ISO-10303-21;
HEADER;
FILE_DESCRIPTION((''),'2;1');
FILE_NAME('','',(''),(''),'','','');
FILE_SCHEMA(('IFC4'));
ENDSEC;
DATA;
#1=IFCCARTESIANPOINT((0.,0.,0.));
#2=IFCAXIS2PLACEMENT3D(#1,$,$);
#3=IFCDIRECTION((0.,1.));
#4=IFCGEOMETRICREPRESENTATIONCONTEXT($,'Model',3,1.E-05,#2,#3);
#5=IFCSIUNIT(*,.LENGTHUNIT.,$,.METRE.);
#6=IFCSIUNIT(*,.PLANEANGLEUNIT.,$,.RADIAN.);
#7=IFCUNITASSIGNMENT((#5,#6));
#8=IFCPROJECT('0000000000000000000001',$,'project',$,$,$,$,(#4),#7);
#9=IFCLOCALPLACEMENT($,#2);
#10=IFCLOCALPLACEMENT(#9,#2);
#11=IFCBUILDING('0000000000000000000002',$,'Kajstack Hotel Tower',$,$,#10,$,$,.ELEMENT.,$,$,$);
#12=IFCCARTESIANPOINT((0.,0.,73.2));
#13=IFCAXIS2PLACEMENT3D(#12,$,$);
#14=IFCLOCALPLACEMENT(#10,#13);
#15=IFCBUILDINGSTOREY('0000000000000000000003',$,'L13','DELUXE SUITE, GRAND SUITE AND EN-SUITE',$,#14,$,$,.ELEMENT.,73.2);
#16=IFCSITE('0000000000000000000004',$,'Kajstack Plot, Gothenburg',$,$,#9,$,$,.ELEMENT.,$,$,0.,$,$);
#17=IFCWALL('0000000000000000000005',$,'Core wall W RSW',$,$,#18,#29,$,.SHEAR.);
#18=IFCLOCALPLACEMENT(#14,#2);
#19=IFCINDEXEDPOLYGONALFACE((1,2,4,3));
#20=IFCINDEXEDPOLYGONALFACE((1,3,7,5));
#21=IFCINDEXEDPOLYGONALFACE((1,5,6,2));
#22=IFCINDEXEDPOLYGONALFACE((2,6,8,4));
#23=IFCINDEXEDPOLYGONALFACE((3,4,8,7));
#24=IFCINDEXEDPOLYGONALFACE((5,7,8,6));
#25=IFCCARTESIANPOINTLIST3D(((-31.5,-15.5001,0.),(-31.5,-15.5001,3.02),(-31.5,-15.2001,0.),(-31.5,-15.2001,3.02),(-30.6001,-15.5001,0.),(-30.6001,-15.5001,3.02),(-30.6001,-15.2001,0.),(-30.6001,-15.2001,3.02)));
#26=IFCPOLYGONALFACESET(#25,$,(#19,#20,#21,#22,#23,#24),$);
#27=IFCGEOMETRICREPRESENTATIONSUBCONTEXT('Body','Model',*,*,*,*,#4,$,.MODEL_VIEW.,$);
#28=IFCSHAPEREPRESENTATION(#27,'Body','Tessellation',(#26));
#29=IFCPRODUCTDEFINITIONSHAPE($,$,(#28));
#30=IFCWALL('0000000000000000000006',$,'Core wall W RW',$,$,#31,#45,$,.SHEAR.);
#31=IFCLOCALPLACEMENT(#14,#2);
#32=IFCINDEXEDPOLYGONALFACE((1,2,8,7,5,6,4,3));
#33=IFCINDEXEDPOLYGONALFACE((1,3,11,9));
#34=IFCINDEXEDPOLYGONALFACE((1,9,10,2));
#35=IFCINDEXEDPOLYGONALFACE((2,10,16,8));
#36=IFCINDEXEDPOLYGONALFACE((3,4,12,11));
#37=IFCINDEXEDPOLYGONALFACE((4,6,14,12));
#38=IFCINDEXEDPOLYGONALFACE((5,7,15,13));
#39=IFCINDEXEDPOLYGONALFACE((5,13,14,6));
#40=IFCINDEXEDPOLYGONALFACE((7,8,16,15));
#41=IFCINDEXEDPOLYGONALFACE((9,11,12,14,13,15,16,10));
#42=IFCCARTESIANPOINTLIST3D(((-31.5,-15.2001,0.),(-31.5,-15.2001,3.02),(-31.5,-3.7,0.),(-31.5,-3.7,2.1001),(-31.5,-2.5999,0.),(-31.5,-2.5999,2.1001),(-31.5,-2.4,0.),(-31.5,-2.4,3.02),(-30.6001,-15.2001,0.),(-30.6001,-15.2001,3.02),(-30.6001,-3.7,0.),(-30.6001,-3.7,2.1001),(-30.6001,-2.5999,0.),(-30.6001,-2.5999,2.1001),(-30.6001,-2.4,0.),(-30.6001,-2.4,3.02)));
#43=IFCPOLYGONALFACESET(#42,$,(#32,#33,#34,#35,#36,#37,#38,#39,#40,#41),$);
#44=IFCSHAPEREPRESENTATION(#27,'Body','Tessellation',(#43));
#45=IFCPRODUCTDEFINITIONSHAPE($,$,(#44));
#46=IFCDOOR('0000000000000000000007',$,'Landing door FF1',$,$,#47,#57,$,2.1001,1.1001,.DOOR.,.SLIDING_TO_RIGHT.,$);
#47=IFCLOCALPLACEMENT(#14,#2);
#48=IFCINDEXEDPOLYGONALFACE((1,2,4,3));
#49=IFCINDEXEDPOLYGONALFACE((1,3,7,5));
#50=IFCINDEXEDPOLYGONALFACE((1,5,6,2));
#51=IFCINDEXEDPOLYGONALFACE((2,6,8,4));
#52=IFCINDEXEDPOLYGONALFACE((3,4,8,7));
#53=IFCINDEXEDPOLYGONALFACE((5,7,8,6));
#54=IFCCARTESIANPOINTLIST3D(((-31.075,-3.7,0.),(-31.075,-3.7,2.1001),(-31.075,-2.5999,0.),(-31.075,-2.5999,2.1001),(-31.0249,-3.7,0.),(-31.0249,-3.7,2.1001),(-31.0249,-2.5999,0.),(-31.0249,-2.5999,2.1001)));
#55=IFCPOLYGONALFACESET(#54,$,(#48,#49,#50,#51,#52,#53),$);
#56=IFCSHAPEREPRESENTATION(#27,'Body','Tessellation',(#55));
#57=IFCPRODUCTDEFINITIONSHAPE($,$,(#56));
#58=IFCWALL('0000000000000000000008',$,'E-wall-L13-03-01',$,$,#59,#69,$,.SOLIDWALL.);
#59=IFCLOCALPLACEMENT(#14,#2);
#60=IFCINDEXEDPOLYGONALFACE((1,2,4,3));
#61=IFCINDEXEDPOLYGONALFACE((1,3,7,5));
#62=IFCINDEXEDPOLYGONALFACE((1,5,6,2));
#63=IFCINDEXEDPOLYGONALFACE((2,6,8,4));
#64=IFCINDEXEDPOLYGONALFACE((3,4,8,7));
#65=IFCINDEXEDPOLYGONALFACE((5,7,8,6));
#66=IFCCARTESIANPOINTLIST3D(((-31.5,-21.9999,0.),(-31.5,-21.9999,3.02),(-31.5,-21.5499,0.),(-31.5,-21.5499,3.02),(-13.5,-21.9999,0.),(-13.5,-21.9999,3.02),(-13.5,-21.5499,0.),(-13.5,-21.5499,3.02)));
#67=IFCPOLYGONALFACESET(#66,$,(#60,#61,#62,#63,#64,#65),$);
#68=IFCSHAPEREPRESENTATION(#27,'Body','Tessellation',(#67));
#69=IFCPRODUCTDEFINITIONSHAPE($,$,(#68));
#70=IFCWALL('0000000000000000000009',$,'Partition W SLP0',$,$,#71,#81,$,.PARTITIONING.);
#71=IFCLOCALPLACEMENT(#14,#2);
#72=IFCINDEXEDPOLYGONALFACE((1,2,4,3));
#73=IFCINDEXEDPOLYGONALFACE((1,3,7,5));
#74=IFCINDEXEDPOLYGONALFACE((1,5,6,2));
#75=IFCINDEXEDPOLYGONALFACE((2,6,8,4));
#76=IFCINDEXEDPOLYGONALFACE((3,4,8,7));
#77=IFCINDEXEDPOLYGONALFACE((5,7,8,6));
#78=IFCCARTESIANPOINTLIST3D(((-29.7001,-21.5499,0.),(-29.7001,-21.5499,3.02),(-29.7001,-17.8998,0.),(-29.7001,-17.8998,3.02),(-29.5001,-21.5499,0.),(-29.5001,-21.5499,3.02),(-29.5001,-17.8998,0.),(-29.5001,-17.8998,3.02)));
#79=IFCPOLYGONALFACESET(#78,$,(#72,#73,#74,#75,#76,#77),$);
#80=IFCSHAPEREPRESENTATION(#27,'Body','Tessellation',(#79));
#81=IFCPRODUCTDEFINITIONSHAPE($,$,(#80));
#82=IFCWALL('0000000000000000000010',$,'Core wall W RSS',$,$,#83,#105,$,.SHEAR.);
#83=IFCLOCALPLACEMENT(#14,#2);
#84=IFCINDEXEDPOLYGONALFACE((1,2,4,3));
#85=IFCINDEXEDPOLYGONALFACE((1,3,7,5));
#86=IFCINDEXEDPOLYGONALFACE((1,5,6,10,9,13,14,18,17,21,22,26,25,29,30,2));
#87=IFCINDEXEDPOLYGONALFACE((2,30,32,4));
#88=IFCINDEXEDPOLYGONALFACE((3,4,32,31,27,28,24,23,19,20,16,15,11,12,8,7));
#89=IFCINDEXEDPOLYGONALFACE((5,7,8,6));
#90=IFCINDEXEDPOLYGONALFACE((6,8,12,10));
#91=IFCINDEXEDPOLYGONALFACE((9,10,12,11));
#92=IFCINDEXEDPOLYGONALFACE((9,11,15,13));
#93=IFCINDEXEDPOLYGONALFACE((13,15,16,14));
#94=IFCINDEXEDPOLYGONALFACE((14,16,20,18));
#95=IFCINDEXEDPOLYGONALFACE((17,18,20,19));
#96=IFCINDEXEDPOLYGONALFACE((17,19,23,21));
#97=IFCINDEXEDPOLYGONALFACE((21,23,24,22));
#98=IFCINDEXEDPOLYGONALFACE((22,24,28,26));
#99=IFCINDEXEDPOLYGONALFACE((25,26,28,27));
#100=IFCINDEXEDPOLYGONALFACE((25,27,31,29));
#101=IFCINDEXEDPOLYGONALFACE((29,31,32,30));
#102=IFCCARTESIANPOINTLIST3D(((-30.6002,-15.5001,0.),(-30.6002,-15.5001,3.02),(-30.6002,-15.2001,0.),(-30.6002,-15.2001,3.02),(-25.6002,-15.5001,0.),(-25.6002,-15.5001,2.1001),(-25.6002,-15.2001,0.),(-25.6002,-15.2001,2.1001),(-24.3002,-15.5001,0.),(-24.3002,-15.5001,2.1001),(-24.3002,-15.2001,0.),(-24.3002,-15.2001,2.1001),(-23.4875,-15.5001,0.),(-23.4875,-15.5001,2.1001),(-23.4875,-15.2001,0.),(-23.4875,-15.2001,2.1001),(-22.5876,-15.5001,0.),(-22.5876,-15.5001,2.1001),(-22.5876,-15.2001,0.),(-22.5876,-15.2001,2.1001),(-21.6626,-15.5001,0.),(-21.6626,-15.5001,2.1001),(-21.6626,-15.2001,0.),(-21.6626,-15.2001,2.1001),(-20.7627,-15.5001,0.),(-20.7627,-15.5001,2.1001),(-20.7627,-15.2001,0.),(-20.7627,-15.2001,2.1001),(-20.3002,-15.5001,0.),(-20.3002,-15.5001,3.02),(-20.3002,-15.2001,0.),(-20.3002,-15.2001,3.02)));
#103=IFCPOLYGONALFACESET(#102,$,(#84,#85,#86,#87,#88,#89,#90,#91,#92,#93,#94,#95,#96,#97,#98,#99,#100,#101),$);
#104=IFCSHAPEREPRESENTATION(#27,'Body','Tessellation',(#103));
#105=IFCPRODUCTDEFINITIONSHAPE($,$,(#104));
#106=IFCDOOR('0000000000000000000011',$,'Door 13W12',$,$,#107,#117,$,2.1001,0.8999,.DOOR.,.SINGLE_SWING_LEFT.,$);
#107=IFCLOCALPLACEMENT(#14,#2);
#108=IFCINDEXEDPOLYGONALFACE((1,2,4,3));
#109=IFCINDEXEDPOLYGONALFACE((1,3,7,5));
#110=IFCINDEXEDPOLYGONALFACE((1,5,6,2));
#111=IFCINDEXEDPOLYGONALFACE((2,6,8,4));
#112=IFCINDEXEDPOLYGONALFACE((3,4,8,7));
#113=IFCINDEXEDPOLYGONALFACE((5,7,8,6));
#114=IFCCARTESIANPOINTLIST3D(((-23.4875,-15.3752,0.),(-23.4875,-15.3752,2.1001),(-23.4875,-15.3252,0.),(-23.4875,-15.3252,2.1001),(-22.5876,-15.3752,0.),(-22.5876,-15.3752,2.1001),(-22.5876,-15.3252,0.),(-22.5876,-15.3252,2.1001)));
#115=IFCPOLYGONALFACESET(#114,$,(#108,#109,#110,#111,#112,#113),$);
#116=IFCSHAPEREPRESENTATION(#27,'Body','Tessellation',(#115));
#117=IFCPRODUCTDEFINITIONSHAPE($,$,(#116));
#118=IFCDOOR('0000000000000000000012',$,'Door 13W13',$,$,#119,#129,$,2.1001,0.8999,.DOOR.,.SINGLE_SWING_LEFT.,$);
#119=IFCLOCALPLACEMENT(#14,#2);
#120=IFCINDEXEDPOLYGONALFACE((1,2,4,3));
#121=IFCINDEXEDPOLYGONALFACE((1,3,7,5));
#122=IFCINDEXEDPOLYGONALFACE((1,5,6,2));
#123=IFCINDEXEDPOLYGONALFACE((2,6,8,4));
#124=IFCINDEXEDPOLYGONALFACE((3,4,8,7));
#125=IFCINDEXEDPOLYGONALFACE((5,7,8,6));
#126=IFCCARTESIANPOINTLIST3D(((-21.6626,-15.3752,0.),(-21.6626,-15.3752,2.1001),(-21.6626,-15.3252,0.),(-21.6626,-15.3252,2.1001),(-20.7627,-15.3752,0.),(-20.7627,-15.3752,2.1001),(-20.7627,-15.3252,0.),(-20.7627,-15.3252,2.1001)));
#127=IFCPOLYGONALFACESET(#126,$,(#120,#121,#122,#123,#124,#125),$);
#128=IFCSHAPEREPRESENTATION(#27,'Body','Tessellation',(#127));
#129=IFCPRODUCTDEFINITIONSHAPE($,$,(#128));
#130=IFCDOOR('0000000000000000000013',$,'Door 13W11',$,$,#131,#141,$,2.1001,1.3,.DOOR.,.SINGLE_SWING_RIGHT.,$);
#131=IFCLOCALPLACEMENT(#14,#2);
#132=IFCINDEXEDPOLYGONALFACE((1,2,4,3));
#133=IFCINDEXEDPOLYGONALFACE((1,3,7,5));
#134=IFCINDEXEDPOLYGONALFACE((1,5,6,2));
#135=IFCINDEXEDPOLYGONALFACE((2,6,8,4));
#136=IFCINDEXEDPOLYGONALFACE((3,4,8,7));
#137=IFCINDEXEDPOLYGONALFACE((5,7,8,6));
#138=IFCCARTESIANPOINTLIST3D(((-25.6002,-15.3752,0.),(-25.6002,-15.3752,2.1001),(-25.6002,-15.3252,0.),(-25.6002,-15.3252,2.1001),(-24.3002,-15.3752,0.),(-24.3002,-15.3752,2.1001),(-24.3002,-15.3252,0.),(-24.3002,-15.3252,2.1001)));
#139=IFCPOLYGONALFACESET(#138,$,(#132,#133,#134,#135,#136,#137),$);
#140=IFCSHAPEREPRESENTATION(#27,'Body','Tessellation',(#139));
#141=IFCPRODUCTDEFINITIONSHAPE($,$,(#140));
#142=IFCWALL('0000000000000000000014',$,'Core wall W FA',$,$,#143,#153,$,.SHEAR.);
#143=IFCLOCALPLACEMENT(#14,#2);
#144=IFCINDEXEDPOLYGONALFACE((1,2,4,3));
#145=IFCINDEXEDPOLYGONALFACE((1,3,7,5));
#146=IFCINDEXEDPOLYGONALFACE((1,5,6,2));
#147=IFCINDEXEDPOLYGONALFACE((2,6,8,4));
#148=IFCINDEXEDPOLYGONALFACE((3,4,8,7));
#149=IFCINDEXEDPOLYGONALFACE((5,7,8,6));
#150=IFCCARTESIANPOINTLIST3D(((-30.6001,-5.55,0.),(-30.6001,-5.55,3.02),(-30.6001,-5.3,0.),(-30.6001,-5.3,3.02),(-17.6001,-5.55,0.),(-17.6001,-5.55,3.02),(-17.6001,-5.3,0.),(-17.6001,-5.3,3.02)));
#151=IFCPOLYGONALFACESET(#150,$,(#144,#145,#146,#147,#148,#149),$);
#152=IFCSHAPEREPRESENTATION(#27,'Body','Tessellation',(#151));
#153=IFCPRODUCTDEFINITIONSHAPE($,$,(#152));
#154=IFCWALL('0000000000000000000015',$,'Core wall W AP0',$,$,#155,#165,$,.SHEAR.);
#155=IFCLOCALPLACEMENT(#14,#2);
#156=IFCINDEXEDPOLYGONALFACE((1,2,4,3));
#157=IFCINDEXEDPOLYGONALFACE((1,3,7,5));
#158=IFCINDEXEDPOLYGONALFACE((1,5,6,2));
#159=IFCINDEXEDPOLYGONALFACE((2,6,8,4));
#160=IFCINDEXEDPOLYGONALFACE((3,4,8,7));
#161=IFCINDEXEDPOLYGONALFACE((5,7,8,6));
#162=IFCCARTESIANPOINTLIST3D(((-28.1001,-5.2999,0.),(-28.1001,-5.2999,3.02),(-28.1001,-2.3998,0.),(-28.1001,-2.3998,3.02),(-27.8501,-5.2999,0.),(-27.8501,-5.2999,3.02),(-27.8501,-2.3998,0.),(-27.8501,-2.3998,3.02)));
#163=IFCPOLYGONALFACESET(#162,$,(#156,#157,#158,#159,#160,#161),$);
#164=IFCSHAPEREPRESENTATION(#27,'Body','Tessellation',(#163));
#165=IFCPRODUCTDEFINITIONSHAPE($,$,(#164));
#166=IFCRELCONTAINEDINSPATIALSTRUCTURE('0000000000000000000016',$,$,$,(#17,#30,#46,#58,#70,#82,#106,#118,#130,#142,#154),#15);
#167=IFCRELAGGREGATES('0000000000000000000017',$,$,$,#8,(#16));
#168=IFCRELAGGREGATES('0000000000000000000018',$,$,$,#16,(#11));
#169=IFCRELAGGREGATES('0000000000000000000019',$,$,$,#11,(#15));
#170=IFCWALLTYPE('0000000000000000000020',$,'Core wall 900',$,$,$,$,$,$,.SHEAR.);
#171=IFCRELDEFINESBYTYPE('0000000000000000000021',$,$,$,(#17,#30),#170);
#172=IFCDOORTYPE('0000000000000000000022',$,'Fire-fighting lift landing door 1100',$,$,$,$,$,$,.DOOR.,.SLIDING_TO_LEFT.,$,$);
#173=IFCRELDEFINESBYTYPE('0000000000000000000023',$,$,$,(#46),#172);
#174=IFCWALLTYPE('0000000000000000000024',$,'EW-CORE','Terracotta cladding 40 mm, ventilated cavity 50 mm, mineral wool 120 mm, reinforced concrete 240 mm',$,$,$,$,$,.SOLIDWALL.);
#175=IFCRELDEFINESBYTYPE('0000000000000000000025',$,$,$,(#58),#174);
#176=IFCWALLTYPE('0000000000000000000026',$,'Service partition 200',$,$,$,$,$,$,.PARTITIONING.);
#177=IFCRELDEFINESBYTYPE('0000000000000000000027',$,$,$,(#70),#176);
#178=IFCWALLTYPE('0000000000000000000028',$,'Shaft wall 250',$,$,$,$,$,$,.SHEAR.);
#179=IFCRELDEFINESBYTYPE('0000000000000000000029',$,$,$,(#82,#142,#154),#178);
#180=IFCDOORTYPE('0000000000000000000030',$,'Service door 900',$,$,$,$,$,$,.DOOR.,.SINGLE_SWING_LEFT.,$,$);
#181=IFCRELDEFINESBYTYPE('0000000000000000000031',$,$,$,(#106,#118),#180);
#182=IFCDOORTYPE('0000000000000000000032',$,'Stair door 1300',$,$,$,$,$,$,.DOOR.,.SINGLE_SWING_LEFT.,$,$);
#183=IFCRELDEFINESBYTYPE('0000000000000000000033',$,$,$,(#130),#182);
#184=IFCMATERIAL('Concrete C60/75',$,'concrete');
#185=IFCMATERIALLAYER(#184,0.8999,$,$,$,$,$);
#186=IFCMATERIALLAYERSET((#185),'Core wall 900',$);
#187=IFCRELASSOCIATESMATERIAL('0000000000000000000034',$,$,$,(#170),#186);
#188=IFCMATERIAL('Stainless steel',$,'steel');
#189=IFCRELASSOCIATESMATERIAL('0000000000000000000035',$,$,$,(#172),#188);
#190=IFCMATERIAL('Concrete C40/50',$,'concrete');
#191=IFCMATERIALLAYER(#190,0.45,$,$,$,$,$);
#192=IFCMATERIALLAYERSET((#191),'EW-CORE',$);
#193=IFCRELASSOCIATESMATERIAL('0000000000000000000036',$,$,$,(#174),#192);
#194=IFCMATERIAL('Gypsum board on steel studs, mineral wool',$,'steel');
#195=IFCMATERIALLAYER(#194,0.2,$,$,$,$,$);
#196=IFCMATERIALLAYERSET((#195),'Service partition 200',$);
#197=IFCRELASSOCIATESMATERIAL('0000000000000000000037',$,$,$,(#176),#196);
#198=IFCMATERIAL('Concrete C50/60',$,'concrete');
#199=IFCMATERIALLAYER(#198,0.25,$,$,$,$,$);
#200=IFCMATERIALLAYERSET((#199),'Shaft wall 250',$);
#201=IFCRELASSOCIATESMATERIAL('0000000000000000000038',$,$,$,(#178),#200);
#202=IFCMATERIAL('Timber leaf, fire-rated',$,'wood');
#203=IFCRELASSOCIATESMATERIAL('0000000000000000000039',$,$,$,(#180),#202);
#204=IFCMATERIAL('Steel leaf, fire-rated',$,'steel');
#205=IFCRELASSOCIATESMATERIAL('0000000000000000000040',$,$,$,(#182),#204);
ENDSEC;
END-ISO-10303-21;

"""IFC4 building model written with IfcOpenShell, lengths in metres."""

from ifc_helpers import new_model, si_unit, direction, frame, frame_2d, origin, place, context, subcontext, project, spatial, rectangle, extrude, material, layer, layer_set, type_object, element, fill, save


model = new_model("IFC4")

# Units and contexts
model_context = context("Model", 3, precision=1e-05, world=origin(), true_north=direction((0.0, 1.0)))
body_context = subcontext(model_context, "Body", "Model", "MODEL_VIEW")
ifc_project = project(units=[si_unit("LENGTHUNIT", "METRE"), si_unit("PLANEANGLEUNIT", "RADIAN")], contexts=[model_context])

# Site, building, storey
site_placement = place(None, origin())
site = spatial("IfcSite", under=ifc_project, at=site_placement, Name="Kajstack Plot, Gothenburg", CompositionType="ELEMENT", RefElevation=0.0)
building_placement = place(site_placement, origin())
building = spatial("IfcBuilding", under=site, at=building_placement, Name="Kajstack Hotel Tower", CompositionType="ELEMENT")
storey_placement = place(building_placement, frame((0.0, 0.0, 73.2)))
storey = spatial("IfcBuildingStorey", under=building, at=storey_placement, Name="L13", Description="DELUXE SUITE, GRAND SUITE AND EN-SUITE", CompositionType="ELEMENT", Elevation=73.2)

# Wall
ifc_material_1 = material(Name="Concrete C60/75", Category="concrete")
ifc_layer_1 = layer(ifc_material_1, 0.8999)
ifc_layer_set_1 = layer_set([ifc_layer_1], Name="Core wall 900")
wall_type_1 = type_object("IfcWallType", Name="Core wall 900", PredefinedType="SHEAR", material=ifc_layer_set_1)
wall_1_placement = place(storey_placement, frame((-31.5, -15.3501, 0.0), z_axis=(0.0, 0.0, 1.0), x_axis=(1.0, 0.0, 0.0)))
element("IfcWall", 1, at=wall_1_placement, inside=storey, type_object=wall_type_1, Name="Core wall W RSW", PredefinedType="SHEAR", context=body_context, shape_type="SweptSolid", body=[
    extrude(rectangle(XDim=0.8999, YDim=0.3, at=frame_2d((0.45, 0.0))), origin(), (0.0, 0.0, 1.0), 3.02),
])

# Wall, opening, door
wall_2_placement = place(storey_placement, frame((-31.05, -15.2, 0.0), z_axis=(0.0, 0.0, 1.0), x_axis=(0.0, 1.0, 0.0)))
wall_2 = element("IfcWall", 2, at=wall_2_placement, inside=storey, type_object=wall_type_1, Name="Core wall W RW", PredefinedType="SHEAR", context=body_context, shape_type="SweptSolid", body=[
    extrude(rectangle(XDim=12.8, YDim=0.8999, at=frame_2d((6.3999, 0.0))), origin(), (0.0, 0.0, 1.0), 3.02),
])
opening_1_placement = place(wall_2_placement, frame((11.5, 0.0, 0.0)))
opening_1 = element("IfcOpeningElement", 3, at=opening_1_placement, cuts=wall_2, PredefinedType="OPENING", context=body_context, shape_type="SweptSolid", body=[
    extrude(rectangle(XDim=1.1001, YDim=2.1001, at=frame_2d((0.55, 1.05))), frame((0.0, 0.46, 0.0), z_axis=(0.0, -1.0, 0.0), x_axis=(1.0, 0.0, 0.0)), (0.0, 0.0, 1.0), 0.9199),
])
ifc_material_2 = material(Name="Stainless steel", Category="steel")
door_type_1 = type_object("IfcDoorType", Name="Fire-fighting lift landing door 1100", OperationType="SLIDING_TO_LEFT", PredefinedType="DOOR", material=ifc_material_2)
door_1_placement = place(opening_1_placement, origin())
door_1 = element("IfcDoor", 4, at=door_1_placement, inside=storey, type_object=door_type_1, Name="Landing door FF1", OperationType="SLIDING_TO_RIGHT", OverallHeight=2.1001, OverallWidth=1.1001, PredefinedType="DOOR", context=body_context, shape_type="SweptSolid", body=[
    extrude(rectangle(XDim=1.1001, YDim=2.1001, at=frame_2d((0.55, 1.05))), frame((0.0, 0.0249, 0.0), z_axis=(0.0, -1.0, 0.0), x_axis=(1.0, 0.0, 0.0)), (0.0, 0.0, 1.0), 0.05),
])
fill(opening_1, door_1)

# Walls
ifc_material_3 = material(Name="Concrete C40/50", Category="concrete")
ifc_layer_2 = layer(ifc_material_3, 0.45)
ifc_layer_set_2 = layer_set([ifc_layer_2], Name="EW-CORE")
wall_type_2 = type_object("IfcWallType", Name="EW-CORE", Description="Terracotta cladding 40 mm, ventilated cavity 50 mm, mineral wool 120 mm, reinforced concrete 240 mm", PredefinedType="SOLIDWALL", material=ifc_layer_set_2)
wall_3_placement = place(storey_placement, frame((-31.5, -21.7749, 0.0), z_axis=(0.0, 0.0, 1.0), x_axis=(1.0, 0.0, 0.0)))
element("IfcWall", 5, at=wall_3_placement, inside=storey, type_object=wall_type_2, Name="E-wall-L13-03-01", PredefinedType="SOLIDWALL", context=body_context, shape_type="SweptSolid", body=[
    extrude(rectangle(XDim=18.0, YDim=0.45, at=frame_2d((9.0, 0.0))), origin(), (0.0, 0.0, 1.0), 3.02),
])
ifc_material_4 = material(Name="Gypsum board on steel studs, mineral wool", Category="steel")
ifc_layer_3 = layer(ifc_material_4, 0.2)
ifc_layer_set_3 = layer_set([ifc_layer_3], Name="Service partition 200")
wall_type_3 = type_object("IfcWallType", Name="Service partition 200", PredefinedType="PARTITIONING", material=ifc_layer_set_3)
wall_4_placement = place(storey_placement, frame((-29.6001, -21.55, 0.0), z_axis=(0.0, 0.0, 1.0), x_axis=(0.0, 1.0, 0.0)))
element("IfcWall", 6, at=wall_4_placement, inside=storey, type_object=wall_type_3, Name="Partition W SLP0", PredefinedType="PARTITIONING", context=body_context, shape_type="SweptSolid", body=[
    extrude(rectangle(XDim=3.6501, YDim=0.2, at=frame_2d((1.8252, 0.0))), origin(), (0.0, 0.0, 1.0), 3.02),
])

# Wall, openings, doors
ifc_material_5 = material(Name="Concrete C50/60", Category="concrete")
ifc_layer_4 = layer(ifc_material_5, 0.25)
ifc_layer_set_4 = layer_set([ifc_layer_4], Name="Shaft wall 250")
wall_type_4 = type_object("IfcWallType", Name="Shaft wall 250", PredefinedType="SHEAR", material=ifc_layer_set_4)
wall_5_placement = place(storey_placement, frame((-30.6001, -15.3501, 0.0), z_axis=(0.0, 0.0, 1.0), x_axis=(1.0, 0.0, 0.0)))
wall_5 = element("IfcWall", 7, at=wall_5_placement, inside=storey, type_object=wall_type_4, Name="Core wall W RSS", PredefinedType="SHEAR", context=body_context, shape_type="SweptSolid", body=[
    extrude(rectangle(XDim=10.3, YDim=0.3, at=frame_2d((5.1499, 0.0))), origin(), (0.0, 0.0, 1.0), 3.02),
])
opening_2_placement = place(wall_5_placement, frame((5.0, 0.0, 0.0)))
opening_2 = element("IfcOpeningElement", 8, at=opening_2_placement, cuts=wall_5, PredefinedType="OPENING", context=body_context, shape_type="SweptSolid", body=[
    extrude(rectangle(XDim=1.3, YDim=2.1001, at=frame_2d((0.6499, 1.05))), frame((0.0, 0.1599, 0.0), z_axis=(0.0, -1.0, 0.0), x_axis=(1.0, 0.0, 0.0)), (0.0, 0.0, 1.0), 0.3201),
])
opening_3_placement = place(wall_5_placement, frame((7.1125, 0.0, 0.0)))
opening_3 = element("IfcOpeningElement", 9, at=opening_3_placement, cuts=wall_5, PredefinedType="OPENING", context=body_context, shape_type="SweptSolid", body=[
    extrude(rectangle(XDim=0.8999, YDim=2.1001, at=frame_2d((0.45, 1.05))), frame((0.0, 0.1599, 0.0), z_axis=(0.0, -1.0, 0.0), x_axis=(1.0, 0.0, 0.0)), (0.0, 0.0, 1.0), 0.3201),
])
opening_4_placement = place(wall_5_placement, frame((8.9375, 0.0, 0.0)))
opening_4 = element("IfcOpeningElement", 10, at=opening_4_placement, cuts=wall_5, PredefinedType="OPENING", context=body_context, shape_type="SweptSolid", body=[
    extrude(rectangle(XDim=0.8999, YDim=2.1001, at=frame_2d((0.45, 1.05))), frame((0.0, 0.1599, 0.0), z_axis=(0.0, -1.0, 0.0), x_axis=(1.0, 0.0, 0.0)), (0.0, 0.0, 1.0), 0.3201),
])
ifc_material_6 = material(Name="Timber leaf, fire-rated", Category="wood")
door_type_2 = type_object("IfcDoorType", Name="Service door 900", OperationType="SINGLE_SWING_LEFT", PredefinedType="DOOR", material=ifc_material_6)
door_2_placement = place(opening_3_placement, origin())
door_2 = element("IfcDoor", 11, at=door_2_placement, inside=storey, type_object=door_type_2, Name="Door 13W12", OperationType="SINGLE_SWING_LEFT", OverallHeight=2.1001, OverallWidth=0.8999, PredefinedType="DOOR", context=body_context, shape_type="SweptSolid", body=[
    extrude(rectangle(XDim=0.8999, YDim=2.1001, at=frame_2d((0.45, 1.05))), frame((0.0, 0.0249, 0.0), z_axis=(0.0, -1.0, 0.0), x_axis=(1.0, 0.0, 0.0)), (0.0, 0.0, 1.0), 0.05),
])
fill(opening_3, door_2)
door_3_placement = place(opening_4_placement, origin())
door_3 = element("IfcDoor", 12, at=door_3_placement, inside=storey, type_object=door_type_2, Name="Door 13W13", OperationType="SINGLE_SWING_LEFT", OverallHeight=2.1001, OverallWidth=0.8999, PredefinedType="DOOR", context=body_context, shape_type="SweptSolid", body=[
    extrude(rectangle(XDim=0.8999, YDim=2.1001, at=frame_2d((0.45, 1.05))), frame((0.0, 0.0249, 0.0), z_axis=(0.0, -1.0, 0.0), x_axis=(1.0, 0.0, 0.0)), (0.0, 0.0, 1.0), 0.05),
])
fill(opening_4, door_3)
ifc_material_7 = material(Name="Steel leaf, fire-rated", Category="steel")
door_type_3 = type_object("IfcDoorType", Name="Stair door 1300", OperationType="SINGLE_SWING_LEFT", PredefinedType="DOOR", material=ifc_material_7)
door_4_placement = place(opening_2_placement, origin())
door_4 = element("IfcDoor", 13, at=door_4_placement, inside=storey, type_object=door_type_3, Name="Door 13W11", OperationType="SINGLE_SWING_RIGHT", OverallHeight=2.1001, OverallWidth=1.3, PredefinedType="DOOR", context=body_context, shape_type="SweptSolid", body=[
    extrude(rectangle(XDim=1.3, YDim=2.1001, at=frame_2d((0.6499, 1.05))), frame((0.0, 0.0249, 0.0), z_axis=(0.0, -1.0, 0.0), x_axis=(1.0, 0.0, 0.0)), (0.0, 0.0, 1.0), 0.05),
])
fill(opening_2, door_4)

# Walls
wall_6_placement = place(storey_placement, frame((-30.6001, -5.425, 0.0), z_axis=(0.0, 0.0, 1.0), x_axis=(1.0, 0.0, 0.0)))
element("IfcWall", 14, at=wall_6_placement, inside=storey, type_object=wall_type_4, Name="Core wall W FA", PredefinedType="SHEAR", context=body_context, shape_type="SweptSolid", body=[
    extrude(rectangle(XDim=13.0, YDim=0.25, at=frame_2d((6.5, 0.0))), origin(), (0.0, 0.0, 1.0), 3.02),
])
wall_7_placement = place(storey_placement, frame((-27.9751, -5.3, 0.0), z_axis=(0.0, 0.0, 1.0), x_axis=(0.0, 1.0, 0.0)))
element("IfcWall", 15, at=wall_7_placement, inside=storey, type_object=wall_type_4, Name="Core wall W AP0", PredefinedType="SHEAR", context=body_context, shape_type="SweptSolid", body=[
    extrude(rectangle(XDim=2.9001, YDim=0.25, at=frame_2d((1.4502, 0.0))), origin(), (0.0, 0.0, 1.0), 3.02),
])

save(model, "model.ifc")
